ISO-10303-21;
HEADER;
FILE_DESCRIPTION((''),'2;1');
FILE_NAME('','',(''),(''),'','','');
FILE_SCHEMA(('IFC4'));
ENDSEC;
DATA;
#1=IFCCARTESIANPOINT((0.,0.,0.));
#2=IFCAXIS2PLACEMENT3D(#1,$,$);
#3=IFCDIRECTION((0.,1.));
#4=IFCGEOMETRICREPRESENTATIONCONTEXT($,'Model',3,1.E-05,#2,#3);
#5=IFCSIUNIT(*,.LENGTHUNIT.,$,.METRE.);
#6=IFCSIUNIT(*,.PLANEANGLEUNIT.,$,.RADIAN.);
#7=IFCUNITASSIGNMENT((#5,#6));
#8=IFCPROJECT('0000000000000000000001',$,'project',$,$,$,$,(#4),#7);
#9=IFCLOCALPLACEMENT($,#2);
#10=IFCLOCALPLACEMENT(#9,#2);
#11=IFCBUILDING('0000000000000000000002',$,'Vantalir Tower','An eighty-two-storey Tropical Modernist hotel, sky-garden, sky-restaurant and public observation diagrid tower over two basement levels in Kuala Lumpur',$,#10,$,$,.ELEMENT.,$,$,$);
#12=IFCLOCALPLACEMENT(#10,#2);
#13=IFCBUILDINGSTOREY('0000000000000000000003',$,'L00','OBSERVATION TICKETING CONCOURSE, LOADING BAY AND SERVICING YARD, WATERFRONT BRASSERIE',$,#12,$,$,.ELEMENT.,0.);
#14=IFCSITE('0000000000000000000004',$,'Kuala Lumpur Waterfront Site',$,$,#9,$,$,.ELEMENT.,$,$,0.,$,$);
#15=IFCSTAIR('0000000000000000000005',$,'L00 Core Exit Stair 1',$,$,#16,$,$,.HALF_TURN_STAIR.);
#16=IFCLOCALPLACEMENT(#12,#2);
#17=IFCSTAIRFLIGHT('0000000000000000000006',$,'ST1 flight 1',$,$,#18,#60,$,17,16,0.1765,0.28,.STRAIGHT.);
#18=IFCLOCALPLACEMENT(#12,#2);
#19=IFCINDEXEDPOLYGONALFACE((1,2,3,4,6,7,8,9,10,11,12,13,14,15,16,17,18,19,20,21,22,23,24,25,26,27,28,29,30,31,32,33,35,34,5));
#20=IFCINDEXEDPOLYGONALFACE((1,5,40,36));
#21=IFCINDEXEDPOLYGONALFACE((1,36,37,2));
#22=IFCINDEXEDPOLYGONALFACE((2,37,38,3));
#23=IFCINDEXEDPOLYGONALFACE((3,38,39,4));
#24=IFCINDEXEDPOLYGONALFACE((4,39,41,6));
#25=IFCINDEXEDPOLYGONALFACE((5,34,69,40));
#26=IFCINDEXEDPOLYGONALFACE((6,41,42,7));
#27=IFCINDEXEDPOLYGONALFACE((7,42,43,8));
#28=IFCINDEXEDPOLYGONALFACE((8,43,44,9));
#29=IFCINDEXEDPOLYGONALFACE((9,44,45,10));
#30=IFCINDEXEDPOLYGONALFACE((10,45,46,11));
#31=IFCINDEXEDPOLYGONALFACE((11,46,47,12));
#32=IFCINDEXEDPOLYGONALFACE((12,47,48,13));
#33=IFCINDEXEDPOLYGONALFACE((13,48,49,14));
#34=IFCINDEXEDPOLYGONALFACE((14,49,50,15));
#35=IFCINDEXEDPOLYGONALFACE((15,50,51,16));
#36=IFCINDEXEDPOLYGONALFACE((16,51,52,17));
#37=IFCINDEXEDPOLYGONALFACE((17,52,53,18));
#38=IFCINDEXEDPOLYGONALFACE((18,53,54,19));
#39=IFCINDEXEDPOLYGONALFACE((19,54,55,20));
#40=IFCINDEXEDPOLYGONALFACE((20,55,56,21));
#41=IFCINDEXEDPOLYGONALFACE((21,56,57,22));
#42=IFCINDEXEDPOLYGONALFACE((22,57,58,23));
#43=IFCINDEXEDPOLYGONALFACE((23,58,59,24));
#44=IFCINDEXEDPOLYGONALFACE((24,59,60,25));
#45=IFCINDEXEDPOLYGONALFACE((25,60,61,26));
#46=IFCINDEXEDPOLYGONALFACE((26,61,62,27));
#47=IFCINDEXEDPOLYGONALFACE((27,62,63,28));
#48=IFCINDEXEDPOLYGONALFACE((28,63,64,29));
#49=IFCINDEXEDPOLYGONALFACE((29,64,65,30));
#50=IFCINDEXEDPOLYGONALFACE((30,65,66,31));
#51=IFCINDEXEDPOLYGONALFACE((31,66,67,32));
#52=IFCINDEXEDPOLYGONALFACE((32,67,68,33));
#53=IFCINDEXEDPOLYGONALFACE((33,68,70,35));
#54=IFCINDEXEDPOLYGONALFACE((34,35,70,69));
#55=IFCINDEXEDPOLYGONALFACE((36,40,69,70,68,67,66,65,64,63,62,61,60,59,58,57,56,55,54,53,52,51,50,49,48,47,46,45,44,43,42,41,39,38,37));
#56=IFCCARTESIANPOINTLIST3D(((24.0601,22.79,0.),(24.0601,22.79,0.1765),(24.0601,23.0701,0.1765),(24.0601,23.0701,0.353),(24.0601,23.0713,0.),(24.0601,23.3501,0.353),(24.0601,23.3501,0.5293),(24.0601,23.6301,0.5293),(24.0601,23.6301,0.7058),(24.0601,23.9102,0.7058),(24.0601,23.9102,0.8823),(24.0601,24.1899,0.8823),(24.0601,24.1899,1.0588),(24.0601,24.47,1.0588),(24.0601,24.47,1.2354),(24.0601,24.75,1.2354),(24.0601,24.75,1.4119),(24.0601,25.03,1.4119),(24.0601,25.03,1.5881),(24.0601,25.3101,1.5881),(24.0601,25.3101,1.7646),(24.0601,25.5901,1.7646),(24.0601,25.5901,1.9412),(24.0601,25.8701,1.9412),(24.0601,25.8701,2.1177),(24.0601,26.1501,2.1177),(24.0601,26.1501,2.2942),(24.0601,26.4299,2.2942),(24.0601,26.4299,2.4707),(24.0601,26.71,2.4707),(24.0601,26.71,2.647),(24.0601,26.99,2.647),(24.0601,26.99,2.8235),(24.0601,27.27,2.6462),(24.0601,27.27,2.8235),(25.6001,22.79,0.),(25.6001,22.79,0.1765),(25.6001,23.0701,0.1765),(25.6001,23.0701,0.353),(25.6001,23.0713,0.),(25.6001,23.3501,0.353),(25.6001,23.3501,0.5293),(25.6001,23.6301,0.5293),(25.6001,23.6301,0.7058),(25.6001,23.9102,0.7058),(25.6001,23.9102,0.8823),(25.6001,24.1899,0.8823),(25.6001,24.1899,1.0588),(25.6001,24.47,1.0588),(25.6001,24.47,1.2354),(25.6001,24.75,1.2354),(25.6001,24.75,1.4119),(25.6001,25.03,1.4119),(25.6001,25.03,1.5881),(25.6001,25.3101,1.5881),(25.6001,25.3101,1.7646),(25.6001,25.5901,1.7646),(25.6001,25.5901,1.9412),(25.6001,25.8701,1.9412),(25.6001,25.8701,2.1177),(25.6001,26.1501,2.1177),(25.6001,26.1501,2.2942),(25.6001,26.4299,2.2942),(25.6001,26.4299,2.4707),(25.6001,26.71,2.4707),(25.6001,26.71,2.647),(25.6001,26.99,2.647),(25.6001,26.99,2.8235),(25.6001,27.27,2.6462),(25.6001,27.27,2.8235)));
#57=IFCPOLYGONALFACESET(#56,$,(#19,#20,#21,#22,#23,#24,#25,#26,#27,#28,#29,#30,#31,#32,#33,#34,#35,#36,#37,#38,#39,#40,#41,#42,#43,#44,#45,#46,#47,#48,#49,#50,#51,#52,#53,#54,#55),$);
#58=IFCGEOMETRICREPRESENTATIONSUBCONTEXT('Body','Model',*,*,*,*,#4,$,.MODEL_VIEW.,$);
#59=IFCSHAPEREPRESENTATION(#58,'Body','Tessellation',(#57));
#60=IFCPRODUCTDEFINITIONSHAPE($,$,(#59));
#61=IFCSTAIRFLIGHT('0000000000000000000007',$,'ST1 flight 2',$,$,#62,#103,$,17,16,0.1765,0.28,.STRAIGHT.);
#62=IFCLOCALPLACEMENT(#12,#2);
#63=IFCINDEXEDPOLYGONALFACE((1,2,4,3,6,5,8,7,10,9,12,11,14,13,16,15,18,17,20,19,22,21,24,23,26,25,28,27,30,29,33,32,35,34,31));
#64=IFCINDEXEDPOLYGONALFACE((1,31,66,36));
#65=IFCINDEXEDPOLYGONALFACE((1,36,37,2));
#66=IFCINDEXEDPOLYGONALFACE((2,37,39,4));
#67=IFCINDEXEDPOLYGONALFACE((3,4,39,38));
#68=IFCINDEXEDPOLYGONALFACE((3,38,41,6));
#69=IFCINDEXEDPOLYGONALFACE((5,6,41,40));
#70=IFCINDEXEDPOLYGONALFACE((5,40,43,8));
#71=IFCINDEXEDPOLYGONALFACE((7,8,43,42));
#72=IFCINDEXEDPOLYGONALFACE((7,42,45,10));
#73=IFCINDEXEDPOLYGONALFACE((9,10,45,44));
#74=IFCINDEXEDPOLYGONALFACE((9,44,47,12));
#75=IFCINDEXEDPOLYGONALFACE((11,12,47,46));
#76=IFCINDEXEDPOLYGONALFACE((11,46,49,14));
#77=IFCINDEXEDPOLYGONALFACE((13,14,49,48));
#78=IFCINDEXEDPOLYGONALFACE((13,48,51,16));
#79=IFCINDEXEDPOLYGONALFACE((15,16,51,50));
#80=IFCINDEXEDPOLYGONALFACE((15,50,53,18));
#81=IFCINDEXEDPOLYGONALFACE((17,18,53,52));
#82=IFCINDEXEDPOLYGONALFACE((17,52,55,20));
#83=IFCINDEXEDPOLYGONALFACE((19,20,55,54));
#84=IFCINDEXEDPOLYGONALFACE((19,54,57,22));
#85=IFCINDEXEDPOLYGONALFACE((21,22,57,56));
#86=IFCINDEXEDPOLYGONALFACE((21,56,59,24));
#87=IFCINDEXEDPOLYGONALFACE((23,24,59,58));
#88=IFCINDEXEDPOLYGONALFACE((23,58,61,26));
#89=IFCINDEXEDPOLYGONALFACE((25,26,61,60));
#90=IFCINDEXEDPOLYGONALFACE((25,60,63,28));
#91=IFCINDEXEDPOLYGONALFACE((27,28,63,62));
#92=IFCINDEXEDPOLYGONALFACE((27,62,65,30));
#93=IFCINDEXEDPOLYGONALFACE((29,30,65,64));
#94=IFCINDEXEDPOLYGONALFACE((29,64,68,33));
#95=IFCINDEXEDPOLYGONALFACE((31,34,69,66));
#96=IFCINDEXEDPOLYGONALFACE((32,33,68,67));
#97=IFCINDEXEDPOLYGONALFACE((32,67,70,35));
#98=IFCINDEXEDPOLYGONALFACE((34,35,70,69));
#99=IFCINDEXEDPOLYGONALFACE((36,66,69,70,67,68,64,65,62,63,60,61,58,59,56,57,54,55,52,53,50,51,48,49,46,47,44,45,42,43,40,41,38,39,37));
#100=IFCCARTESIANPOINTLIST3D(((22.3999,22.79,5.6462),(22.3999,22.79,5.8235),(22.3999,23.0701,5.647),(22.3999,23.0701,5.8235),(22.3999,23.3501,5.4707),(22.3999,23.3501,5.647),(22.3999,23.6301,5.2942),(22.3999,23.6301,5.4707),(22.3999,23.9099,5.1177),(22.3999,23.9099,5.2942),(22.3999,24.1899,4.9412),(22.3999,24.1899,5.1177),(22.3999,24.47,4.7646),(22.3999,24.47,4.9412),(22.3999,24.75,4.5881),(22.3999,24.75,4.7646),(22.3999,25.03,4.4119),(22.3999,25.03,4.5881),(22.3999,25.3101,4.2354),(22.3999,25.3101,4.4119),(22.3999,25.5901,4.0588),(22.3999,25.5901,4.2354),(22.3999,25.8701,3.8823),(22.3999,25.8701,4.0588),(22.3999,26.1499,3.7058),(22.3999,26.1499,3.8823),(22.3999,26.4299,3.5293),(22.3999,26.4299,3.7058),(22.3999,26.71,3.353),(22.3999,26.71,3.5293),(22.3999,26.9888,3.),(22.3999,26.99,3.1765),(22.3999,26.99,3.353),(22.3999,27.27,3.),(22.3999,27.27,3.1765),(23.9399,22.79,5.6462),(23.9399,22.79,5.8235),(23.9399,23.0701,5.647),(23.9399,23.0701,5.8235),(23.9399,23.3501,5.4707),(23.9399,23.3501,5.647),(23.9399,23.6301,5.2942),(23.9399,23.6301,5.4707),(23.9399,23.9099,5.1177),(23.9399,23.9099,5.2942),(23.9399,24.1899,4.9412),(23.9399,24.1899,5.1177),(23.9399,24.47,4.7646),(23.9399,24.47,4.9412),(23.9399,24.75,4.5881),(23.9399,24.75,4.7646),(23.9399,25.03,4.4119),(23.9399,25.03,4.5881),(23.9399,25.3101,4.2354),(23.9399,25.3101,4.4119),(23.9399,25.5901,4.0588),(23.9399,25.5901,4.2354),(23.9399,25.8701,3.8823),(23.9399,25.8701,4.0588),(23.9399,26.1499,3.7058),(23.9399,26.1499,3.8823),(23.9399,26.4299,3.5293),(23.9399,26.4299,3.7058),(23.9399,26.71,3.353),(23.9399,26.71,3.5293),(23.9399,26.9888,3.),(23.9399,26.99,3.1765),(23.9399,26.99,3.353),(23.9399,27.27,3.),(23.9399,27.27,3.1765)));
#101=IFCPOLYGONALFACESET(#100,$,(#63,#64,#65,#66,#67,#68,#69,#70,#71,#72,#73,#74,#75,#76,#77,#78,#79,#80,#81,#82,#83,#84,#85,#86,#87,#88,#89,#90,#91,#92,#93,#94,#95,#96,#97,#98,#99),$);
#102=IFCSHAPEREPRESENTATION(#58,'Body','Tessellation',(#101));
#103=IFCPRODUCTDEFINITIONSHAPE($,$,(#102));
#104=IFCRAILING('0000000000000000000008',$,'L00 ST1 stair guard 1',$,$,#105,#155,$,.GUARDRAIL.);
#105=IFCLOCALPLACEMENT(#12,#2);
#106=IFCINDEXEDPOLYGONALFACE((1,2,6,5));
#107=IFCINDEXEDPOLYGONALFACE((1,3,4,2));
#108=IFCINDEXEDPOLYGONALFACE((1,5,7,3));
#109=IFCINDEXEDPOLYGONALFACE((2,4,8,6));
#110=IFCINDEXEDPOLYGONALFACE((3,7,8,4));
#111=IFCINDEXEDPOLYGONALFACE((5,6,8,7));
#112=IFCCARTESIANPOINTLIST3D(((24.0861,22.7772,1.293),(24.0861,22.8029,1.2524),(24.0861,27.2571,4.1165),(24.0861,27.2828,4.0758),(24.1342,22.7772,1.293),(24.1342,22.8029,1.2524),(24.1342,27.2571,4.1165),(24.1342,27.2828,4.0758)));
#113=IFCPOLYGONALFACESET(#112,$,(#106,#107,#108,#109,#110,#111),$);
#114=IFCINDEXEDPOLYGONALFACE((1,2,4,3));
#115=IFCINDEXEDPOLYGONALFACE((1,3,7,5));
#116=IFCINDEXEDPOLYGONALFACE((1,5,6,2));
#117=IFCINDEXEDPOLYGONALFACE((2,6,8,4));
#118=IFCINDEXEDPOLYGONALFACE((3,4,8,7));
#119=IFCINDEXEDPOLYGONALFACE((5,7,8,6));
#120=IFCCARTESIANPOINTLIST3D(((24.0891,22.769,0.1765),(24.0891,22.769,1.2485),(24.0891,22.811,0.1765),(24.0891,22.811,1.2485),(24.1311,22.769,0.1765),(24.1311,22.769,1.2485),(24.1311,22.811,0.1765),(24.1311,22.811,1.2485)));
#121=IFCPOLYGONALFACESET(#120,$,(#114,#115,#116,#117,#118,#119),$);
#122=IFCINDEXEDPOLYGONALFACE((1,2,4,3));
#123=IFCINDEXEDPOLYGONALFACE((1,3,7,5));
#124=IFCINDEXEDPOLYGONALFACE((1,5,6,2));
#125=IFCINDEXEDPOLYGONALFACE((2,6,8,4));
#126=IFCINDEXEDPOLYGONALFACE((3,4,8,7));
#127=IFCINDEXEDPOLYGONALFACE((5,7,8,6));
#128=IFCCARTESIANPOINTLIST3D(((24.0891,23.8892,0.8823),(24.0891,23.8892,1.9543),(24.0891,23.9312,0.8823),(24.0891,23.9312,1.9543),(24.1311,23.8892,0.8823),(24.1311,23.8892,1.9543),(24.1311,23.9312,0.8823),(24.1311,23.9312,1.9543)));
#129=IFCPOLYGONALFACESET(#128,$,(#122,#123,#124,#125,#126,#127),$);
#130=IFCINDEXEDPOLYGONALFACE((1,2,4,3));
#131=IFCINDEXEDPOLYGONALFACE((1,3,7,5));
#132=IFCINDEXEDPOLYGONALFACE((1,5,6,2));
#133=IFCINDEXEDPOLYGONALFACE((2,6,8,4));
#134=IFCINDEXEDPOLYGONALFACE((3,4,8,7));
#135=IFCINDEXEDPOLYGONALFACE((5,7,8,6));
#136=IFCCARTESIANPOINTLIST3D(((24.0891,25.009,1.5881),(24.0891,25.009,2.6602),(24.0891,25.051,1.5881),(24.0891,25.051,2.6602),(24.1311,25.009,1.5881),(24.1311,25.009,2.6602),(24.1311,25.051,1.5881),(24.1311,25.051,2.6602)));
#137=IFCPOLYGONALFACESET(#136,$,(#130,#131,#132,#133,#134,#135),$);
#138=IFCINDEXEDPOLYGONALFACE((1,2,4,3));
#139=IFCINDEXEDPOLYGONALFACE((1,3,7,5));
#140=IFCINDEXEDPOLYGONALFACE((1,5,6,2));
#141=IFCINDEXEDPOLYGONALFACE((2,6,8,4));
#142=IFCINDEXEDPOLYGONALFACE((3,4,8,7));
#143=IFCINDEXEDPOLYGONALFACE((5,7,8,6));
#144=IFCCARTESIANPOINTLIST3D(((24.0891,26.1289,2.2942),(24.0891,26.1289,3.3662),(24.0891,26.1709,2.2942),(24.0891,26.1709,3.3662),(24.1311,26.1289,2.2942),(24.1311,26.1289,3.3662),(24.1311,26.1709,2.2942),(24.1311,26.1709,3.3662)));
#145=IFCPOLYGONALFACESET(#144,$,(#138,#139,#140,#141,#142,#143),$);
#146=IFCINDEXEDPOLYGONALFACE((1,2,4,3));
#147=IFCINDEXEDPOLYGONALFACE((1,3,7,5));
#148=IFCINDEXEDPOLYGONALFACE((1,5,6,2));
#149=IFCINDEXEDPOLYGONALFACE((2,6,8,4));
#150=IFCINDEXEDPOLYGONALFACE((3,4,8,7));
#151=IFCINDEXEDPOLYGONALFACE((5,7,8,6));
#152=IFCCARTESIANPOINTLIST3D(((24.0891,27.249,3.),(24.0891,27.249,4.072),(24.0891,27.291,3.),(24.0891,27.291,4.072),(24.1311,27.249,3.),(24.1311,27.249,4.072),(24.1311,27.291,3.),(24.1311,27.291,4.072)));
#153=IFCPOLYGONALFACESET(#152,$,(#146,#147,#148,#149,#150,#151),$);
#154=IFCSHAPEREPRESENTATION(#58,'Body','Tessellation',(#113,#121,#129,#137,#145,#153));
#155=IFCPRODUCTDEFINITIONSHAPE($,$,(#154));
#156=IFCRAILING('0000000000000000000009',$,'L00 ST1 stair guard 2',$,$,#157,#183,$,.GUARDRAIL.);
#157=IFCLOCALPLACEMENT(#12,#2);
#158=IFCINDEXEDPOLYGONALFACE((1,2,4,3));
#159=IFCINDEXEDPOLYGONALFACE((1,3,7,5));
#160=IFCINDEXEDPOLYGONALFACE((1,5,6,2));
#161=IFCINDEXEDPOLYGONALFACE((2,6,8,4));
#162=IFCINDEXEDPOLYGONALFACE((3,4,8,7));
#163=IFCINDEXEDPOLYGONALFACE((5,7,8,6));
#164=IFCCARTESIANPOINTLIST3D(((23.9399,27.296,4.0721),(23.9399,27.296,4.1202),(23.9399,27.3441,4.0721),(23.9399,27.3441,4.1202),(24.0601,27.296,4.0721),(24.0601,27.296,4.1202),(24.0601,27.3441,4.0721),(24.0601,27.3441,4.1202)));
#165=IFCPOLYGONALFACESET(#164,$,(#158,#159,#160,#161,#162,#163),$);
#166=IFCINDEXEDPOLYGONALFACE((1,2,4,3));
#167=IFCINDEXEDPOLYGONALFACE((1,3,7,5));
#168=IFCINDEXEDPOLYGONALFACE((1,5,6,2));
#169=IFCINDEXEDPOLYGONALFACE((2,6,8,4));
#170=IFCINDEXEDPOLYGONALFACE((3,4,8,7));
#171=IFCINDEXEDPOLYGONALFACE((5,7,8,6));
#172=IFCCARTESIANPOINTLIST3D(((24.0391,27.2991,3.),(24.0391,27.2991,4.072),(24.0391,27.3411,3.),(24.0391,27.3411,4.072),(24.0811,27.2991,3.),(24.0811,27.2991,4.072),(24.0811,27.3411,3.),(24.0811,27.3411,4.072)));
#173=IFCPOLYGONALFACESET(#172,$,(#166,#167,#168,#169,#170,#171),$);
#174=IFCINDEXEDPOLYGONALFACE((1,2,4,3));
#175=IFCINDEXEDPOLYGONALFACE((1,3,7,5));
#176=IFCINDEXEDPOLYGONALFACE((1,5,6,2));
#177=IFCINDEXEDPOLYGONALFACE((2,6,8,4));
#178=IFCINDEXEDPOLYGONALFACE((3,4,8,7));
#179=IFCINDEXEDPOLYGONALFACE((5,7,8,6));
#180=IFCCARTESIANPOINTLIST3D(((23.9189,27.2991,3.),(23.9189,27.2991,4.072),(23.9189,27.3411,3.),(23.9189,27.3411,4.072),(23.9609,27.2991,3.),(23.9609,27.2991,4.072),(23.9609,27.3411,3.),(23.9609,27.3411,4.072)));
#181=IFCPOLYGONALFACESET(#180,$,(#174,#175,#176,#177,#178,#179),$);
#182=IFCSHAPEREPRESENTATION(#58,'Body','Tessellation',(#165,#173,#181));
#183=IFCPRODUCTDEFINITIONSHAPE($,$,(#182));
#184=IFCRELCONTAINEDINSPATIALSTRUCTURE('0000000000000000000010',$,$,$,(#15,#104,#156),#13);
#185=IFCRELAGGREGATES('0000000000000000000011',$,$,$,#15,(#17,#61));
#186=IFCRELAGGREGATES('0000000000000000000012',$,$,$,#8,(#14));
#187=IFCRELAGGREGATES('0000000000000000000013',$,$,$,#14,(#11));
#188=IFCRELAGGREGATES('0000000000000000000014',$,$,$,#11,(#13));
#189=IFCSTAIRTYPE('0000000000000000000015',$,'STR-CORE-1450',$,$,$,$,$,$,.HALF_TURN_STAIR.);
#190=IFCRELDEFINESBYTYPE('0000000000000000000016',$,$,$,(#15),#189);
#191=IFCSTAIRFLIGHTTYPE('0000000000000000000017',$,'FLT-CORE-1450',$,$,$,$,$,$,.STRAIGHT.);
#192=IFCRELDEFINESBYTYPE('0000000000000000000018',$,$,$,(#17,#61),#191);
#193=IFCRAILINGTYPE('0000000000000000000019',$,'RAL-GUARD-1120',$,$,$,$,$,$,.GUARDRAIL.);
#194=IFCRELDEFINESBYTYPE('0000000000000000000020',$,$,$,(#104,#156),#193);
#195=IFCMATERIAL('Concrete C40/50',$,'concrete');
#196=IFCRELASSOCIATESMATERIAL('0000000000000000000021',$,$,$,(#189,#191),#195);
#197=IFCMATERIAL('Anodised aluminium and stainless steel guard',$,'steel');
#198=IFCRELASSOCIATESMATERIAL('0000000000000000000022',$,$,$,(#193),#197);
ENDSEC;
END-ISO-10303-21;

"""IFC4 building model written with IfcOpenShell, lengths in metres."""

from ifc_helpers import new_model, si_unit, direction, frame, origin, origin_2d, place, context, subcontext, project, spatial, polyline, rectangle, outline, extrude, material, type_object, element, aggregate, save


model = new_model("IFC4")

# Units and contexts
model_context = context("Model", 3, precision=1e-05, world=origin(), true_north=direction((0.0, 1.0)))
body_context = subcontext(model_context, "Body", "Model", "MODEL_VIEW")
ifc_project = project(units=[si_unit("LENGTHUNIT", "METRE"), si_unit("PLANEANGLEUNIT", "RADIAN")], contexts=[model_context])

# Site, building, storey
site_placement = place(None, origin())
site = spatial("IfcSite", under=ifc_project, at=site_placement, Name="Kuala Lumpur Waterfront Site", CompositionType="ELEMENT", RefElevation=0.0)
building_placement = place(site_placement, origin())
building = spatial("IfcBuilding", under=site, at=building_placement, Name="Vantalir Tower", Description="An eighty-two-storey Tropical Modernist hotel, sky-garden, sky-restaurant and public observation diagrid tower over two basement levels in Kuala Lumpur", CompositionType="ELEMENT")
storey_placement = place(building_placement, origin())
storey = spatial("IfcBuildingStorey", under=building, at=storey_placement, Name="L00", Description="OBSERVATION TICKETING CONCOURSE, LOADING BAY AND SERVICING YARD, WATERFRONT BRASSERIE", CompositionType="ELEMENT", Elevation=0.0)

# Stair, stair flights
ifc_material_1 = material(Name="Concrete C40/50", Category="concrete")
stair_type = type_object("IfcStairType", Name="STR-CORE-1450", PredefinedType="HALF_TURN_STAIR", material=ifc_material_1)
stair_placement = place(storey_placement, origin())
stair = element("IfcStair", 1, at=stair_placement, inside=storey, type_object=stair_type, Name="L00 Core Exit Stair 1", PredefinedType="HALF_TURN_STAIR")
stair_flight_type = type_object("IfcStairFlightType", Name="FLT-CORE-1450", PredefinedType="STRAIGHT", material=ifc_material_1)
stair_flight_1_placement = place(storey_placement, frame((24.8301, 22.79, 0.0), z_axis=(0.0, 0.0, 1.0), x_axis=(0.0, 1.0, 0.0)))
stair_flight_1 = element("IfcStairFlight", 2, at=stair_flight_1_placement, type_object=stair_flight_type, Name="ST1 flight 1", NumberOfRisers=17, NumberOfTreads=16, PredefinedType="STRAIGHT", RiserHeight=0.1765, TreadLength=0.28, context=body_context, shape_type="SweptSolid", body=[
    extrude(outline(polyline([(0.0, 0.0), (0.0, 0.1765), (0.28, 0.1765), (0.28, 0.353), (0.5601, 0.353), (0.5601, 0.5293), (0.8401, 0.5293), (0.8401, 0.7058), (1.1201, 0.7058), (1.1201, 0.8823), (1.3999, 0.8823), (1.3999, 1.0588), (1.6799, 1.0588), (1.6799, 1.2354), (1.96, 1.2354), (1.96, 1.4119), (2.24, 1.4119), (2.24, 1.5881), (2.52, 1.5881), (2.52, 1.7646), (2.8, 1.7646), (2.8, 1.9412), (3.0801, 1.9412), (3.0801, 2.1177), (3.3601, 2.1177), (3.3601, 2.2942), (3.6399, 2.2942), (3.6399, 2.4707), (3.9199, 2.4707), (3.9199, 2.647), (4.2, 2.647), (4.2, 2.8235), (4.48, 2.8235), (4.48, 3.0), (4.48, 2.6462), (0.2812, 0.0), (0.0, 0.0)])), frame((0.0, 0.77, 0.0), z_axis=(0.0, -1.0, 0.0), x_axis=(1.0, 0.0, 0.0)), (0.0, 0.0, 1.0), 1.54),
])
stair_flight_2_placement = place(storey_placement, frame((23.1699, 27.27, 3.0), z_axis=(0.0, 0.0, 1.0), x_axis=(0.0, -1.0, 0.0)))
stair_flight_2 = element("IfcStairFlight", 3, at=stair_flight_2_placement, type_object=stair_flight_type, Name="ST1 flight 2", NumberOfRisers=17, NumberOfTreads=16, PredefinedType="STRAIGHT", RiserHeight=0.1765, TreadLength=0.28, context=body_context, shape_type="SweptSolid", body=[
    extrude(outline(polyline([(0.0, 0.0), (0.0, 0.1765), (0.28, 0.1765), (0.28, 0.353), (0.5601, 0.353), (0.5601, 0.5293), (0.8401, 0.5293), (0.8401, 0.7058), (1.1201, 0.7058), (1.1201, 0.8823), (1.3999, 0.8823), (1.3999, 1.0588), (1.6799, 1.0588), (1.6799, 1.2354), (1.96, 1.2354), (1.96, 1.4119), (2.24, 1.4119), (2.24, 1.5881), (2.52, 1.5881), (2.52, 1.7646), (2.8, 1.7646), (2.8, 1.9412), (3.0801, 1.9412), (3.0801, 2.1177), (3.3601, 2.1177), (3.3601, 2.2942), (3.6399, 2.2942), (3.6399, 2.4707), (3.9199, 2.4707), (3.9199, 2.647), (4.2, 2.647), (4.2, 2.8235), (4.48, 2.8235), (4.48, 3.0), (4.48, 2.6462), (0.2812, 0.0), (0.0, 0.0)])), frame((0.0, 0.77, 0.0), z_axis=(0.0, -1.0, 0.0), x_axis=(1.0, 0.0, 0.0)), (0.0, 0.0, 1.0), 1.54),
])
aggregate(stair, [stair_flight_1, stair_flight_2])

# Railings
ifc_material_2 = material(Name="Anodised aluminium and stainless steel guard", Category="steel")
railing_type_1 = type_object("IfcRailingType", Name="RAL-GUARD-1120", PredefinedType="GUARDRAIL", material=ifc_material_2)
railing_1_placement = place(storey_placement, frame((24.1101, 22.79, 0.1765)))
element("IfcRailing", 4, at=railing_1_placement, inside=storey, type_object=railing_type_1, Name="L00 ST1 stair guard 1", PredefinedType="GUARDRAIL", context=body_context, shape_type="SweptSolid", body=[
    extrude(rectangle(XDim=0.0481, YDim=0.0481, at=origin_2d()), frame((0.0, 0.0, 1.0962), z_axis=(0.0, 0.845998, 0.533186), x_axis=(-1.0, 0.0, 0.0)), (0.0, 0.0, 1.0), 5.2954),
    extrude(rectangle(XDim=0.042, YDim=0.042, at=origin_2d()), origin(), (0.0, 0.0, 1.0), 1.072),
    extrude(rectangle(XDim=0.042, YDim=0.042, at=origin_2d()), frame((0.0, 1.1201, 0.7058)), (0.0, 0.0, 1.0), 1.072),
    extrude(rectangle(XDim=0.042, YDim=0.042, at=origin_2d()), frame((0.0, 2.24, 1.4116)), (0.0, 0.0, 1.0), 1.072),
    extrude(rectangle(XDim=0.042, YDim=0.042, at=origin_2d()), frame((0.0, 3.3599, 2.1177)), (0.0, 0.0, 1.0), 1.072),
    extrude(rectangle(XDim=0.042, YDim=0.042, at=origin_2d()), frame((0.0, 4.48, 2.8235)), (0.0, 0.0, 1.0), 1.072),
])
railing_2_placement = place(storey_placement, frame((24.0601, 27.3201, 3.0)))
element("IfcRailing", 5, at=railing_2_placement, inside=storey, type_object=railing_type_1, Name="L00 ST1 stair guard 2", PredefinedType="GUARDRAIL", context=body_context, shape_type="SweptSolid", body=[
    extrude(rectangle(XDim=0.0481, YDim=0.0481, at=origin_2d()), frame((0.0, 0.0, 1.0962), z_axis=(-1.0, 0.0, 0.0), x_axis=(0.0, -1.0, 0.0)), (0.0, 0.0, 1.0), 0.1201),
    extrude(rectangle(XDim=0.042, YDim=0.042, at=origin_2d()), origin(), (0.0, 0.0, 1.0), 1.072),
    extrude(rectangle(XDim=0.042, YDim=0.042, at=origin_2d()), frame((-0.1201, 0.0, 0.0)), (0.0, 0.0, 1.0), 1.072),
])

save(model, "model.ifc")
